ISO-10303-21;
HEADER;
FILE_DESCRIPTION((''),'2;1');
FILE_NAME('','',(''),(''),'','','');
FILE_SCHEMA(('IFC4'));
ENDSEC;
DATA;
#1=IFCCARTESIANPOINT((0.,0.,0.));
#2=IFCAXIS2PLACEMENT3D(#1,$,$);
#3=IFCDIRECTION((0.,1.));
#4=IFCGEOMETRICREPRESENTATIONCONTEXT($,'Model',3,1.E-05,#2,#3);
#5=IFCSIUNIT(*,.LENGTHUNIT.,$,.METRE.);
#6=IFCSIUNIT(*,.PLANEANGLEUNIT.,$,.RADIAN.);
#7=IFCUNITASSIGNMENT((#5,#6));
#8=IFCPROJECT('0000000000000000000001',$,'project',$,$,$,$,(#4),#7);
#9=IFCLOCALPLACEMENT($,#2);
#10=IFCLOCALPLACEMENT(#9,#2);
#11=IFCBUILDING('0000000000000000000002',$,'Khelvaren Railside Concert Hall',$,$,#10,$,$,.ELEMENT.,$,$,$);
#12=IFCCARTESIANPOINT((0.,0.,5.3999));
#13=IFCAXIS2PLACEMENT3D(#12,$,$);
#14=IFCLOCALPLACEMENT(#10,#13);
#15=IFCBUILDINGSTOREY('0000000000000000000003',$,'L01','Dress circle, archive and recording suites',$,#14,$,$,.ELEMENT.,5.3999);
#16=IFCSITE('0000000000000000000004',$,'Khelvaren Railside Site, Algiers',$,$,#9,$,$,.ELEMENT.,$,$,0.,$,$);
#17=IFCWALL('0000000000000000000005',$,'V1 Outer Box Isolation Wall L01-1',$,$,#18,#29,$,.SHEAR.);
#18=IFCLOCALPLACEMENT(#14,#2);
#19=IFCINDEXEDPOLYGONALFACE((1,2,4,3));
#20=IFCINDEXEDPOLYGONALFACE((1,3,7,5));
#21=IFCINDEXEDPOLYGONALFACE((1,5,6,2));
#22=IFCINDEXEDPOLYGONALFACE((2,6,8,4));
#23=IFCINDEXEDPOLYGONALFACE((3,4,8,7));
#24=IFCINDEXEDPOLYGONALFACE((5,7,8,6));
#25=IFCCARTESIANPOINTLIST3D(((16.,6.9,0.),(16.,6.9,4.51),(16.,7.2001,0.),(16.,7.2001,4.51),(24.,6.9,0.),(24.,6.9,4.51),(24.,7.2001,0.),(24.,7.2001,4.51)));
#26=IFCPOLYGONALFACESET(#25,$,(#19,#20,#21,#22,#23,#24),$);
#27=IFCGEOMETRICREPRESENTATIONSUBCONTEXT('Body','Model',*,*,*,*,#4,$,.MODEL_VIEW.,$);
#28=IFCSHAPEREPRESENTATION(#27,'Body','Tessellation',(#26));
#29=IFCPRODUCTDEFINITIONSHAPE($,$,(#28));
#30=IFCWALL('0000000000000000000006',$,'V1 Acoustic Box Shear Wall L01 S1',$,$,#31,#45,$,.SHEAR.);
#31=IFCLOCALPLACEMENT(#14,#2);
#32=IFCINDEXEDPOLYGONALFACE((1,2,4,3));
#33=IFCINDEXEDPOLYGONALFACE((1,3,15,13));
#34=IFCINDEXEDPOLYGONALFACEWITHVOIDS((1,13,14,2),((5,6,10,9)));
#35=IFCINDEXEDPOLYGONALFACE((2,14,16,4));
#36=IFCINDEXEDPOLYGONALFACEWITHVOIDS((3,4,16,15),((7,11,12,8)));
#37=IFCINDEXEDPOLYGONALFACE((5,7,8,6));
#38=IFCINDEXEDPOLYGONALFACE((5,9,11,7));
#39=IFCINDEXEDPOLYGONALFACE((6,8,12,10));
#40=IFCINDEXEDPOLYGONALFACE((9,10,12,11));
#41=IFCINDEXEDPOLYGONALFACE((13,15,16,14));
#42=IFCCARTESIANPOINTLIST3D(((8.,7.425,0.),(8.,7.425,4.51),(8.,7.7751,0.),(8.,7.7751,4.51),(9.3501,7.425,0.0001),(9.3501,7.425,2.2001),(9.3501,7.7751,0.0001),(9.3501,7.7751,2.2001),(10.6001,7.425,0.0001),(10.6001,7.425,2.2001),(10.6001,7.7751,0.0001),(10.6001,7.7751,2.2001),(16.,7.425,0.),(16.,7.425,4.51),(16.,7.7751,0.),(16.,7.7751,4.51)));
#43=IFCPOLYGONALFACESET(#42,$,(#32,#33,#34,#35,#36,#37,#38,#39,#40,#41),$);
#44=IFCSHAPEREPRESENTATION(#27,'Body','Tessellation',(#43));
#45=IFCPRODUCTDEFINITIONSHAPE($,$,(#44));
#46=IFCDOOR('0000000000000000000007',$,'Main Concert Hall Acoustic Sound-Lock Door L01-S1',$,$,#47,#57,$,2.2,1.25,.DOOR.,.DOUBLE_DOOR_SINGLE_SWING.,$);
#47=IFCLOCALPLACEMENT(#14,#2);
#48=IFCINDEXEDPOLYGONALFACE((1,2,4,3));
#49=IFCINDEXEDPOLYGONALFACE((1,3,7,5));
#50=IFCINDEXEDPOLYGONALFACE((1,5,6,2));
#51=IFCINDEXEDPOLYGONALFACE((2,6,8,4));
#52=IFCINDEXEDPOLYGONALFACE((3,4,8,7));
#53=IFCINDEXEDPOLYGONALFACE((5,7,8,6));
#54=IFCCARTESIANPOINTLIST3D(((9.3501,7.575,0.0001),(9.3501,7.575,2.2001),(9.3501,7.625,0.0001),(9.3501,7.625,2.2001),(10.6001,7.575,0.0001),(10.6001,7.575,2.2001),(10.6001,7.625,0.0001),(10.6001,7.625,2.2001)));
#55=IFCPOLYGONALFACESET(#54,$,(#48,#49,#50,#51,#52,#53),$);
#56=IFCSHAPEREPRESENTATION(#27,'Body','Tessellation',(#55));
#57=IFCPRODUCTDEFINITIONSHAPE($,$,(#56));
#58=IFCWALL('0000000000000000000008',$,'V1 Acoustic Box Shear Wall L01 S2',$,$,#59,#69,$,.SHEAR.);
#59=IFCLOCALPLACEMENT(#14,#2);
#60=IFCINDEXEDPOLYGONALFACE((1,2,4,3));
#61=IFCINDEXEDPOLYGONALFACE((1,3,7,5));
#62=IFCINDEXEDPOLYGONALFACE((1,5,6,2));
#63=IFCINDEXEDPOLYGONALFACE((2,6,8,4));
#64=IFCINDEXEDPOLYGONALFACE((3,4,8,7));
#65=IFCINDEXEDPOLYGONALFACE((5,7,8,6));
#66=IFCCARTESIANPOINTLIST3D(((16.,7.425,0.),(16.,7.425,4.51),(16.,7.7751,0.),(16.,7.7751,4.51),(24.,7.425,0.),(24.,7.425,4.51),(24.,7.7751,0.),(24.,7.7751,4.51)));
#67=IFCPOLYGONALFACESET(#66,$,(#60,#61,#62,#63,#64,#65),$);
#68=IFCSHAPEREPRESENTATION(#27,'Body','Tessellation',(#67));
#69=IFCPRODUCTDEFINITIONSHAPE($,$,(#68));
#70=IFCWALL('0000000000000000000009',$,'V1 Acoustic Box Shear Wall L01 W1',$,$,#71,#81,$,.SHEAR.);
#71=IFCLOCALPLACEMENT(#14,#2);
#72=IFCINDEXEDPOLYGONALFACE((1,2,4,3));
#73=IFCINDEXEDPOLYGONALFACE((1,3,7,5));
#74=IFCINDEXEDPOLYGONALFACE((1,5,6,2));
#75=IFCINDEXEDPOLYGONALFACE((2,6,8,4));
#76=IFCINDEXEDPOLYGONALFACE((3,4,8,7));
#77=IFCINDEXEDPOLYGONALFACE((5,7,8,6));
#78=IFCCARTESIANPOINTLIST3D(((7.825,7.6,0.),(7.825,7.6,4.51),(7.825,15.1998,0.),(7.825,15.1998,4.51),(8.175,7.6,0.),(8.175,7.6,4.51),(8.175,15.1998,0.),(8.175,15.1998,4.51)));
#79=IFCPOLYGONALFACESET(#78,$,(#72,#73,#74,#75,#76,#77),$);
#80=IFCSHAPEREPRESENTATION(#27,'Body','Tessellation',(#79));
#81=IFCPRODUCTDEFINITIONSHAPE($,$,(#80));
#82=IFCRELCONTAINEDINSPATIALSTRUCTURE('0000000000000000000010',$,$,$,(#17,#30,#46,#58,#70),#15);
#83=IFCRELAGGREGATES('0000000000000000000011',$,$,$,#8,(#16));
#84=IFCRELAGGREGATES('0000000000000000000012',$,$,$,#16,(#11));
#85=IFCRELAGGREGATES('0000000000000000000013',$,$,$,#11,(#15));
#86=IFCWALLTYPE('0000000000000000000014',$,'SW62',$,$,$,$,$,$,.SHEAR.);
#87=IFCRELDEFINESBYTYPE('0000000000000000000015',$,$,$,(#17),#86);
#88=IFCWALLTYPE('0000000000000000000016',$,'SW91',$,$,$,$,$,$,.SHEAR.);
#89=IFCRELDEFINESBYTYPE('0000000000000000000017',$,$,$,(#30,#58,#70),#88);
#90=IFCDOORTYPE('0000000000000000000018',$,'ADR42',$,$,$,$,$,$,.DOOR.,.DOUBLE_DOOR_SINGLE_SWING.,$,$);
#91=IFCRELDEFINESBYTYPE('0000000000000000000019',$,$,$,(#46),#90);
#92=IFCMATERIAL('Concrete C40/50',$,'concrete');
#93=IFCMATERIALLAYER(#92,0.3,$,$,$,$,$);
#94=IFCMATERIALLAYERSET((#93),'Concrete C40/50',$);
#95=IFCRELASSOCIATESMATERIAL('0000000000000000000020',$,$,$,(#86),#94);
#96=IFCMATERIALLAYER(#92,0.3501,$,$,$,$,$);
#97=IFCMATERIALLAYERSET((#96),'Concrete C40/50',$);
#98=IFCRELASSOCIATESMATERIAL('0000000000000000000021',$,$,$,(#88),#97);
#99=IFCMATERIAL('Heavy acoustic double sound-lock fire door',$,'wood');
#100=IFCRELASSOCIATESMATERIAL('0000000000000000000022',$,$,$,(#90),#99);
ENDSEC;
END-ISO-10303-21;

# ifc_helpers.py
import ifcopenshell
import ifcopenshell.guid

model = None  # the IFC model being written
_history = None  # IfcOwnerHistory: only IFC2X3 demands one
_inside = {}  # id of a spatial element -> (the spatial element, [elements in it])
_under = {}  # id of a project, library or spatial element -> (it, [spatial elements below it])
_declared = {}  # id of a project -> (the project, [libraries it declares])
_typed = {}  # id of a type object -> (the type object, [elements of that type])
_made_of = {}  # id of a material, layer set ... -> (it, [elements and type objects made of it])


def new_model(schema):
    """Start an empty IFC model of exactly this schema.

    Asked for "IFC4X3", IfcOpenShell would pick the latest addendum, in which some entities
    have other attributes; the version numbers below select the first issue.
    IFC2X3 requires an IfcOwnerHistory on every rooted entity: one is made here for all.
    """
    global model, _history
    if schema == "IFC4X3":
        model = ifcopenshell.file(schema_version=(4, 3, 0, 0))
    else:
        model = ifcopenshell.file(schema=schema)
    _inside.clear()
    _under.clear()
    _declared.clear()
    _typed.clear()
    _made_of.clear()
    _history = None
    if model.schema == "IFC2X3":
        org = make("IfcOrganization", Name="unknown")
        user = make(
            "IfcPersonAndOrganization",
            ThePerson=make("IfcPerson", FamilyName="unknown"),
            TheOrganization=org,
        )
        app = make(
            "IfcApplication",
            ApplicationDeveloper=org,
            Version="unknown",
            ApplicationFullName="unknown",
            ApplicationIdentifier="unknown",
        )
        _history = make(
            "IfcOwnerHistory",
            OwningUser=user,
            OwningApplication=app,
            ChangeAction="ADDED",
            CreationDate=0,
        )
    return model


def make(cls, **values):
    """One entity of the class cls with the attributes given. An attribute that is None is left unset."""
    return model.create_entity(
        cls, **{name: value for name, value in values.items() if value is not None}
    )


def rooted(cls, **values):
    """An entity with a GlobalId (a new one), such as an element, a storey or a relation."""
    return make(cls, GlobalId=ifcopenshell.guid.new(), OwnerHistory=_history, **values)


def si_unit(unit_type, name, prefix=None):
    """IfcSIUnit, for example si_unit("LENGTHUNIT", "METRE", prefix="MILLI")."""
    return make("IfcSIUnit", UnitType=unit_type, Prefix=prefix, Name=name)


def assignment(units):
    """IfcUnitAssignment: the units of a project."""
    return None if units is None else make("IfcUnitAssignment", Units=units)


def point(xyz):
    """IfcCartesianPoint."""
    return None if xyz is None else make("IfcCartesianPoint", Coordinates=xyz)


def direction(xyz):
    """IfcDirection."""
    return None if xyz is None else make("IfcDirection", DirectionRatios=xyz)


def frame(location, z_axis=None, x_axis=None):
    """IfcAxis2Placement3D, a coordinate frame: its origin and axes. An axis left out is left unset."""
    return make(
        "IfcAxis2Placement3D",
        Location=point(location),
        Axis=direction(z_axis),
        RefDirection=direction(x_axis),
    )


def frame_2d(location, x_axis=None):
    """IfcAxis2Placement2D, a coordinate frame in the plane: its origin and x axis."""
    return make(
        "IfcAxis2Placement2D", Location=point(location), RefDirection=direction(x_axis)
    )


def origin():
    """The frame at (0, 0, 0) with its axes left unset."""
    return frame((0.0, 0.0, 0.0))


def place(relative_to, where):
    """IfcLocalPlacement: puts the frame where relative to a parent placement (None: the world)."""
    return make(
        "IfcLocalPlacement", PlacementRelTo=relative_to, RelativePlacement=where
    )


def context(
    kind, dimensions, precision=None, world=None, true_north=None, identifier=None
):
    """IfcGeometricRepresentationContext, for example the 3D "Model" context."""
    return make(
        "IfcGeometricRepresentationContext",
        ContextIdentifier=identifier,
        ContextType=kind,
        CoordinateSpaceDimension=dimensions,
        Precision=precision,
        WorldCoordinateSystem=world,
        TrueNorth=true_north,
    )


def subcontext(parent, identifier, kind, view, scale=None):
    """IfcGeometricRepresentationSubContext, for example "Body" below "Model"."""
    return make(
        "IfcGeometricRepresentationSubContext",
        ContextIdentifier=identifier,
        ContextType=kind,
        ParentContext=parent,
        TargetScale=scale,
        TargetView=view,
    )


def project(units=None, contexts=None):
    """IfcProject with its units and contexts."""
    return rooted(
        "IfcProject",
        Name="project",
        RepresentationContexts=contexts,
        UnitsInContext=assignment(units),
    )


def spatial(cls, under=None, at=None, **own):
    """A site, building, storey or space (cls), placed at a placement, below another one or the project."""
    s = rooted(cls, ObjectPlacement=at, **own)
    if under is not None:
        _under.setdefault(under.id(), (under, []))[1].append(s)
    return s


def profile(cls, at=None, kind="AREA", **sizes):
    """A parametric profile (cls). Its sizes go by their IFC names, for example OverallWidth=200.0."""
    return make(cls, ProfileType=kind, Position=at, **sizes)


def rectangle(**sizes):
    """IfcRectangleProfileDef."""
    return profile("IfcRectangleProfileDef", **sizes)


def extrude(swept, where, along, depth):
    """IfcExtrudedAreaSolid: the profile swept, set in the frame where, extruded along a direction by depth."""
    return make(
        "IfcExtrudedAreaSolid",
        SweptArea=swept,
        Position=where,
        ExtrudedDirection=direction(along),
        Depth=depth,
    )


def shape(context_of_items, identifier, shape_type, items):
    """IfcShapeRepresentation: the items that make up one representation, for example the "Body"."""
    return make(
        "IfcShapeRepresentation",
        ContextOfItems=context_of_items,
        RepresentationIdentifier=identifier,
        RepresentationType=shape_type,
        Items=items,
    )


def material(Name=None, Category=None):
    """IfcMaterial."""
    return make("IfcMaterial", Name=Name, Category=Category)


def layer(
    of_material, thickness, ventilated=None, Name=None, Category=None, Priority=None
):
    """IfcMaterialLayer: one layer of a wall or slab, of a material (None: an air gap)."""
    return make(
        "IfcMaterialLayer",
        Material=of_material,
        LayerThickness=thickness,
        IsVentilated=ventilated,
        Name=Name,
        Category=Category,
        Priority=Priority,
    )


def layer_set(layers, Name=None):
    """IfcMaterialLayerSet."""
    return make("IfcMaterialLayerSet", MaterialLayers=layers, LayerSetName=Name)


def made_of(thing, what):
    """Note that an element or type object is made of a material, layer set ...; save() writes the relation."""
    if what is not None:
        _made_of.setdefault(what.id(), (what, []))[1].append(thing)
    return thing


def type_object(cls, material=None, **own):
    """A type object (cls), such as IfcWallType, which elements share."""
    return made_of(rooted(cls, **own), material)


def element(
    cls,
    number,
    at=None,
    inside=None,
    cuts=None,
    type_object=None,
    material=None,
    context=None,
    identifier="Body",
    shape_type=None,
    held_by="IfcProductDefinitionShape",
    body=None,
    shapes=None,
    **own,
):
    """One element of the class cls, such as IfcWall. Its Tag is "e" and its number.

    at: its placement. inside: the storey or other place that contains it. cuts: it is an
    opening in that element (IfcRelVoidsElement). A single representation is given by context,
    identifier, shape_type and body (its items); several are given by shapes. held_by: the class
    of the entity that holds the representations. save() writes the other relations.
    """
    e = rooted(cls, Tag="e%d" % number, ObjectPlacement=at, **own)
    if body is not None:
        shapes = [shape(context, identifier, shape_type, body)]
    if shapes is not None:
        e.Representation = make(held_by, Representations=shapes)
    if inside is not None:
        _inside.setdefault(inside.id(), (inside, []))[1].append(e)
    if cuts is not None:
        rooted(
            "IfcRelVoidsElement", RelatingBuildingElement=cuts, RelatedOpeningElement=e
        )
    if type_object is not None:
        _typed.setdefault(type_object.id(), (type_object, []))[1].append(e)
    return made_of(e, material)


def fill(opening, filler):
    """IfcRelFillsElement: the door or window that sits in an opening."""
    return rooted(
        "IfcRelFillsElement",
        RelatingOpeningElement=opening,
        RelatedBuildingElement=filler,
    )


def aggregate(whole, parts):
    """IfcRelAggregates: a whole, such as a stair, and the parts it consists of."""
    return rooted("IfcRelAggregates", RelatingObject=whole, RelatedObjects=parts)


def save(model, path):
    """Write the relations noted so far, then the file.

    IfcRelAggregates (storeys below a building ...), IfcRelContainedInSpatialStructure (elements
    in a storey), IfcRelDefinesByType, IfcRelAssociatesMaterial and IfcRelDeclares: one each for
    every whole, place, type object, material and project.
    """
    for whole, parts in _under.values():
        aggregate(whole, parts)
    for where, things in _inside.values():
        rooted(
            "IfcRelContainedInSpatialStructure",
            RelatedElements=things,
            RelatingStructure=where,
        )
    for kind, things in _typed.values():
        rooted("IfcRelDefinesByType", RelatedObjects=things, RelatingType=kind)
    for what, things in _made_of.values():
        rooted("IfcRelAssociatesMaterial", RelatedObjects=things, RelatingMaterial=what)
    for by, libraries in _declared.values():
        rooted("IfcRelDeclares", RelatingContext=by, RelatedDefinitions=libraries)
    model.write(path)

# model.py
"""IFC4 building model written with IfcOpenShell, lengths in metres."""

from ifc_helpers import new_model, si_unit, direction, frame, frame_2d, origin, place, context, subcontext, project, spatial, rectangle, extrude, material, layer, layer_set, type_object, element, fill, save


model = new_model("IFC4")

# Units and contexts
model_context = context("Model", 3, precision=1e-05, world=origin(), true_north=direction((0.0, 1.0)))
body_context = subcontext(model_context, "Body", "Model", "MODEL_VIEW")
ifc_project = project(units=[si_unit("LENGTHUNIT", "METRE"), si_unit("PLANEANGLEUNIT", "RADIAN")], contexts=[model_context])

# Site, building, storey
site_placement = place(None, origin())
site = spatial("IfcSite", under=ifc_project, at=site_placement, Name="Khelvaren Railside Site, Algiers", CompositionType="ELEMENT", RefElevation=0.0)
building_placement = place(site_placement, origin())
building = spatial("IfcBuilding", under=site, at=building_placement, Name="Khelvaren Railside Concert Hall", CompositionType="ELEMENT")
storey_placement = place(building_placement, frame((0.0, 0.0, 5.3999)))
storey = spatial("IfcBuildingStorey", under=building, at=storey_placement, Name="L01", Description="Dress circle, archive and recording suites", CompositionType="ELEMENT", Elevation=5.3999)

# Shared definitions
ifc_material_1 = material(Name="Concrete C40/50", Category="concrete")

# Wall
ifc_layer_1 = layer(ifc_material_1, 0.3)
ifc_layer_set_1 = layer_set([ifc_layer_1], Name="Concrete C40/50")
wall_type_1 = type_object("IfcWallType", Name="SW62", PredefinedType="SHEAR", material=ifc_layer_set_1)
wall_1_placement = place(storey_placement, frame((16.0, 7.05, 0.0), z_axis=(0.0, 0.0, 1.0), x_axis=(1.0, 0.0, 0.0)))
element("IfcWall", 1, at=wall_1_placement, inside=storey, type_object=wall_type_1, Name="V1 Outer Box Isolation Wall L01-1", PredefinedType="SHEAR", context=body_context, shape_type="SweptSolid", body=[
    extrude(rectangle(XDim=8.0, YDim=0.3, at=frame_2d((4.0, 0.0))), origin(), (0.0, 0.0, 1.0), 4.51),
])

# Wall, opening, door
ifc_layer_2 = layer(ifc_material_1, 0.3501)
ifc_layer_set_2 = layer_set([ifc_layer_2], Name="Concrete C40/50")
wall_type_2 = type_object("IfcWallType", Name="SW91", PredefinedType="SHEAR", material=ifc_layer_set_2)
wall_2_placement = place(storey_placement, frame((8.0, 7.6001, 0.0), z_axis=(0.0, 0.0, 1.0), x_axis=(1.0, 0.0, 0.0)))
wall_2 = element("IfcWall", 2, at=wall_2_placement, inside=storey, type_object=wall_type_2, Name="V1 Acoustic Box Shear Wall L01 S1", PredefinedType="SHEAR", context=body_context, shape_type="SweptSolid", body=[
    extrude(rectangle(XDim=8.0, YDim=0.3501, at=frame_2d((4.0, 0.0))), origin(), (0.0, 0.0, 1.0), 4.51),
])
opening_1_placement = place(wall_2_placement, frame((1.3501, 0.0, 0.0)))
opening_1 = element("IfcOpeningElement", 3, at=opening_1_placement, cuts=wall_2, PredefinedType="OPENING", context=body_context, shape_type="SweptSolid", body=[
    extrude(rectangle(XDim=1.25, YDim=2.2, at=frame_2d((0.625, 1.1001))), frame((0.0, 0.1851, 0.0), z_axis=(0.0, -1.0, 0.0), x_axis=(1.0, 0.0, 0.0)), (0.0, 0.0, 1.0), 0.3701),
])
ifc_material_2 = material(Name="Heavy acoustic double sound-lock fire door", Category="wood")
door_type_1 = type_object("IfcDoorType", Name="ADR42", OperationType="DOUBLE_DOOR_SINGLE_SWING", PredefinedType="DOOR", material=ifc_material_2)
door_1_placement = place(opening_1_placement, origin())
door_1 = element("IfcDoor", 4, at=door_1_placement, inside=storey, type_object=door_type_1, Name="Main Concert Hall Acoustic Sound-Lock Door L01-S1", OperationType="DOUBLE_DOOR_SINGLE_SWING", OverallHeight=2.2, OverallWidth=1.25, PredefinedType="DOOR", context=body_context, shape_type="SweptSolid", body=[
    extrude(rectangle(XDim=1.25, YDim=2.2, at=frame_2d((0.625, 1.1001))), frame((0.0, 0.0249, 0.0), z_axis=(0.0, -1.0, 0.0), x_axis=(1.0, 0.0, 0.0)), (0.0, 0.0, 1.0), 0.05),
])
fill(opening_1, door_1)

# Walls
wall_3_placement = place(storey_placement, frame((16.0, 7.6001, 0.0), z_axis=(0.0, 0.0, 1.0), x_axis=(1.0, 0.0, 0.0)))
element("IfcWall", 5, at=wall_3_placement, inside=storey, type_object=wall_type_2, Name="V1 Acoustic Box Shear Wall L01 S2", PredefinedType="SHEAR", context=body_context, shape_type="SweptSolid", body=[
    extrude(rectangle(XDim=8.0, YDim=0.3501, at=frame_2d((4.0, 0.0))), origin(), (0.0, 0.0, 1.0), 4.51),
])
wall_4_placement = place(storey_placement, frame((8.0, 7.6001, 0.0), z_axis=(0.0, 0.0, 1.0), x_axis=(0.0, 1.0, 0.0)))
element("IfcWall", 6, at=wall_4_placement, inside=storey, type_object=wall_type_2, Name="V1 Acoustic Box Shear Wall L01 W1", PredefinedType="SHEAR", context=body_context, shape_type="SweptSolid", body=[
    extrude(rectangle(XDim=7.5999, YDim=0.3501, at=frame_2d((3.7998, 0.0))), origin(), (0.0, 0.0, 1.0), 4.51),
])

save(model, "model.ifc")
